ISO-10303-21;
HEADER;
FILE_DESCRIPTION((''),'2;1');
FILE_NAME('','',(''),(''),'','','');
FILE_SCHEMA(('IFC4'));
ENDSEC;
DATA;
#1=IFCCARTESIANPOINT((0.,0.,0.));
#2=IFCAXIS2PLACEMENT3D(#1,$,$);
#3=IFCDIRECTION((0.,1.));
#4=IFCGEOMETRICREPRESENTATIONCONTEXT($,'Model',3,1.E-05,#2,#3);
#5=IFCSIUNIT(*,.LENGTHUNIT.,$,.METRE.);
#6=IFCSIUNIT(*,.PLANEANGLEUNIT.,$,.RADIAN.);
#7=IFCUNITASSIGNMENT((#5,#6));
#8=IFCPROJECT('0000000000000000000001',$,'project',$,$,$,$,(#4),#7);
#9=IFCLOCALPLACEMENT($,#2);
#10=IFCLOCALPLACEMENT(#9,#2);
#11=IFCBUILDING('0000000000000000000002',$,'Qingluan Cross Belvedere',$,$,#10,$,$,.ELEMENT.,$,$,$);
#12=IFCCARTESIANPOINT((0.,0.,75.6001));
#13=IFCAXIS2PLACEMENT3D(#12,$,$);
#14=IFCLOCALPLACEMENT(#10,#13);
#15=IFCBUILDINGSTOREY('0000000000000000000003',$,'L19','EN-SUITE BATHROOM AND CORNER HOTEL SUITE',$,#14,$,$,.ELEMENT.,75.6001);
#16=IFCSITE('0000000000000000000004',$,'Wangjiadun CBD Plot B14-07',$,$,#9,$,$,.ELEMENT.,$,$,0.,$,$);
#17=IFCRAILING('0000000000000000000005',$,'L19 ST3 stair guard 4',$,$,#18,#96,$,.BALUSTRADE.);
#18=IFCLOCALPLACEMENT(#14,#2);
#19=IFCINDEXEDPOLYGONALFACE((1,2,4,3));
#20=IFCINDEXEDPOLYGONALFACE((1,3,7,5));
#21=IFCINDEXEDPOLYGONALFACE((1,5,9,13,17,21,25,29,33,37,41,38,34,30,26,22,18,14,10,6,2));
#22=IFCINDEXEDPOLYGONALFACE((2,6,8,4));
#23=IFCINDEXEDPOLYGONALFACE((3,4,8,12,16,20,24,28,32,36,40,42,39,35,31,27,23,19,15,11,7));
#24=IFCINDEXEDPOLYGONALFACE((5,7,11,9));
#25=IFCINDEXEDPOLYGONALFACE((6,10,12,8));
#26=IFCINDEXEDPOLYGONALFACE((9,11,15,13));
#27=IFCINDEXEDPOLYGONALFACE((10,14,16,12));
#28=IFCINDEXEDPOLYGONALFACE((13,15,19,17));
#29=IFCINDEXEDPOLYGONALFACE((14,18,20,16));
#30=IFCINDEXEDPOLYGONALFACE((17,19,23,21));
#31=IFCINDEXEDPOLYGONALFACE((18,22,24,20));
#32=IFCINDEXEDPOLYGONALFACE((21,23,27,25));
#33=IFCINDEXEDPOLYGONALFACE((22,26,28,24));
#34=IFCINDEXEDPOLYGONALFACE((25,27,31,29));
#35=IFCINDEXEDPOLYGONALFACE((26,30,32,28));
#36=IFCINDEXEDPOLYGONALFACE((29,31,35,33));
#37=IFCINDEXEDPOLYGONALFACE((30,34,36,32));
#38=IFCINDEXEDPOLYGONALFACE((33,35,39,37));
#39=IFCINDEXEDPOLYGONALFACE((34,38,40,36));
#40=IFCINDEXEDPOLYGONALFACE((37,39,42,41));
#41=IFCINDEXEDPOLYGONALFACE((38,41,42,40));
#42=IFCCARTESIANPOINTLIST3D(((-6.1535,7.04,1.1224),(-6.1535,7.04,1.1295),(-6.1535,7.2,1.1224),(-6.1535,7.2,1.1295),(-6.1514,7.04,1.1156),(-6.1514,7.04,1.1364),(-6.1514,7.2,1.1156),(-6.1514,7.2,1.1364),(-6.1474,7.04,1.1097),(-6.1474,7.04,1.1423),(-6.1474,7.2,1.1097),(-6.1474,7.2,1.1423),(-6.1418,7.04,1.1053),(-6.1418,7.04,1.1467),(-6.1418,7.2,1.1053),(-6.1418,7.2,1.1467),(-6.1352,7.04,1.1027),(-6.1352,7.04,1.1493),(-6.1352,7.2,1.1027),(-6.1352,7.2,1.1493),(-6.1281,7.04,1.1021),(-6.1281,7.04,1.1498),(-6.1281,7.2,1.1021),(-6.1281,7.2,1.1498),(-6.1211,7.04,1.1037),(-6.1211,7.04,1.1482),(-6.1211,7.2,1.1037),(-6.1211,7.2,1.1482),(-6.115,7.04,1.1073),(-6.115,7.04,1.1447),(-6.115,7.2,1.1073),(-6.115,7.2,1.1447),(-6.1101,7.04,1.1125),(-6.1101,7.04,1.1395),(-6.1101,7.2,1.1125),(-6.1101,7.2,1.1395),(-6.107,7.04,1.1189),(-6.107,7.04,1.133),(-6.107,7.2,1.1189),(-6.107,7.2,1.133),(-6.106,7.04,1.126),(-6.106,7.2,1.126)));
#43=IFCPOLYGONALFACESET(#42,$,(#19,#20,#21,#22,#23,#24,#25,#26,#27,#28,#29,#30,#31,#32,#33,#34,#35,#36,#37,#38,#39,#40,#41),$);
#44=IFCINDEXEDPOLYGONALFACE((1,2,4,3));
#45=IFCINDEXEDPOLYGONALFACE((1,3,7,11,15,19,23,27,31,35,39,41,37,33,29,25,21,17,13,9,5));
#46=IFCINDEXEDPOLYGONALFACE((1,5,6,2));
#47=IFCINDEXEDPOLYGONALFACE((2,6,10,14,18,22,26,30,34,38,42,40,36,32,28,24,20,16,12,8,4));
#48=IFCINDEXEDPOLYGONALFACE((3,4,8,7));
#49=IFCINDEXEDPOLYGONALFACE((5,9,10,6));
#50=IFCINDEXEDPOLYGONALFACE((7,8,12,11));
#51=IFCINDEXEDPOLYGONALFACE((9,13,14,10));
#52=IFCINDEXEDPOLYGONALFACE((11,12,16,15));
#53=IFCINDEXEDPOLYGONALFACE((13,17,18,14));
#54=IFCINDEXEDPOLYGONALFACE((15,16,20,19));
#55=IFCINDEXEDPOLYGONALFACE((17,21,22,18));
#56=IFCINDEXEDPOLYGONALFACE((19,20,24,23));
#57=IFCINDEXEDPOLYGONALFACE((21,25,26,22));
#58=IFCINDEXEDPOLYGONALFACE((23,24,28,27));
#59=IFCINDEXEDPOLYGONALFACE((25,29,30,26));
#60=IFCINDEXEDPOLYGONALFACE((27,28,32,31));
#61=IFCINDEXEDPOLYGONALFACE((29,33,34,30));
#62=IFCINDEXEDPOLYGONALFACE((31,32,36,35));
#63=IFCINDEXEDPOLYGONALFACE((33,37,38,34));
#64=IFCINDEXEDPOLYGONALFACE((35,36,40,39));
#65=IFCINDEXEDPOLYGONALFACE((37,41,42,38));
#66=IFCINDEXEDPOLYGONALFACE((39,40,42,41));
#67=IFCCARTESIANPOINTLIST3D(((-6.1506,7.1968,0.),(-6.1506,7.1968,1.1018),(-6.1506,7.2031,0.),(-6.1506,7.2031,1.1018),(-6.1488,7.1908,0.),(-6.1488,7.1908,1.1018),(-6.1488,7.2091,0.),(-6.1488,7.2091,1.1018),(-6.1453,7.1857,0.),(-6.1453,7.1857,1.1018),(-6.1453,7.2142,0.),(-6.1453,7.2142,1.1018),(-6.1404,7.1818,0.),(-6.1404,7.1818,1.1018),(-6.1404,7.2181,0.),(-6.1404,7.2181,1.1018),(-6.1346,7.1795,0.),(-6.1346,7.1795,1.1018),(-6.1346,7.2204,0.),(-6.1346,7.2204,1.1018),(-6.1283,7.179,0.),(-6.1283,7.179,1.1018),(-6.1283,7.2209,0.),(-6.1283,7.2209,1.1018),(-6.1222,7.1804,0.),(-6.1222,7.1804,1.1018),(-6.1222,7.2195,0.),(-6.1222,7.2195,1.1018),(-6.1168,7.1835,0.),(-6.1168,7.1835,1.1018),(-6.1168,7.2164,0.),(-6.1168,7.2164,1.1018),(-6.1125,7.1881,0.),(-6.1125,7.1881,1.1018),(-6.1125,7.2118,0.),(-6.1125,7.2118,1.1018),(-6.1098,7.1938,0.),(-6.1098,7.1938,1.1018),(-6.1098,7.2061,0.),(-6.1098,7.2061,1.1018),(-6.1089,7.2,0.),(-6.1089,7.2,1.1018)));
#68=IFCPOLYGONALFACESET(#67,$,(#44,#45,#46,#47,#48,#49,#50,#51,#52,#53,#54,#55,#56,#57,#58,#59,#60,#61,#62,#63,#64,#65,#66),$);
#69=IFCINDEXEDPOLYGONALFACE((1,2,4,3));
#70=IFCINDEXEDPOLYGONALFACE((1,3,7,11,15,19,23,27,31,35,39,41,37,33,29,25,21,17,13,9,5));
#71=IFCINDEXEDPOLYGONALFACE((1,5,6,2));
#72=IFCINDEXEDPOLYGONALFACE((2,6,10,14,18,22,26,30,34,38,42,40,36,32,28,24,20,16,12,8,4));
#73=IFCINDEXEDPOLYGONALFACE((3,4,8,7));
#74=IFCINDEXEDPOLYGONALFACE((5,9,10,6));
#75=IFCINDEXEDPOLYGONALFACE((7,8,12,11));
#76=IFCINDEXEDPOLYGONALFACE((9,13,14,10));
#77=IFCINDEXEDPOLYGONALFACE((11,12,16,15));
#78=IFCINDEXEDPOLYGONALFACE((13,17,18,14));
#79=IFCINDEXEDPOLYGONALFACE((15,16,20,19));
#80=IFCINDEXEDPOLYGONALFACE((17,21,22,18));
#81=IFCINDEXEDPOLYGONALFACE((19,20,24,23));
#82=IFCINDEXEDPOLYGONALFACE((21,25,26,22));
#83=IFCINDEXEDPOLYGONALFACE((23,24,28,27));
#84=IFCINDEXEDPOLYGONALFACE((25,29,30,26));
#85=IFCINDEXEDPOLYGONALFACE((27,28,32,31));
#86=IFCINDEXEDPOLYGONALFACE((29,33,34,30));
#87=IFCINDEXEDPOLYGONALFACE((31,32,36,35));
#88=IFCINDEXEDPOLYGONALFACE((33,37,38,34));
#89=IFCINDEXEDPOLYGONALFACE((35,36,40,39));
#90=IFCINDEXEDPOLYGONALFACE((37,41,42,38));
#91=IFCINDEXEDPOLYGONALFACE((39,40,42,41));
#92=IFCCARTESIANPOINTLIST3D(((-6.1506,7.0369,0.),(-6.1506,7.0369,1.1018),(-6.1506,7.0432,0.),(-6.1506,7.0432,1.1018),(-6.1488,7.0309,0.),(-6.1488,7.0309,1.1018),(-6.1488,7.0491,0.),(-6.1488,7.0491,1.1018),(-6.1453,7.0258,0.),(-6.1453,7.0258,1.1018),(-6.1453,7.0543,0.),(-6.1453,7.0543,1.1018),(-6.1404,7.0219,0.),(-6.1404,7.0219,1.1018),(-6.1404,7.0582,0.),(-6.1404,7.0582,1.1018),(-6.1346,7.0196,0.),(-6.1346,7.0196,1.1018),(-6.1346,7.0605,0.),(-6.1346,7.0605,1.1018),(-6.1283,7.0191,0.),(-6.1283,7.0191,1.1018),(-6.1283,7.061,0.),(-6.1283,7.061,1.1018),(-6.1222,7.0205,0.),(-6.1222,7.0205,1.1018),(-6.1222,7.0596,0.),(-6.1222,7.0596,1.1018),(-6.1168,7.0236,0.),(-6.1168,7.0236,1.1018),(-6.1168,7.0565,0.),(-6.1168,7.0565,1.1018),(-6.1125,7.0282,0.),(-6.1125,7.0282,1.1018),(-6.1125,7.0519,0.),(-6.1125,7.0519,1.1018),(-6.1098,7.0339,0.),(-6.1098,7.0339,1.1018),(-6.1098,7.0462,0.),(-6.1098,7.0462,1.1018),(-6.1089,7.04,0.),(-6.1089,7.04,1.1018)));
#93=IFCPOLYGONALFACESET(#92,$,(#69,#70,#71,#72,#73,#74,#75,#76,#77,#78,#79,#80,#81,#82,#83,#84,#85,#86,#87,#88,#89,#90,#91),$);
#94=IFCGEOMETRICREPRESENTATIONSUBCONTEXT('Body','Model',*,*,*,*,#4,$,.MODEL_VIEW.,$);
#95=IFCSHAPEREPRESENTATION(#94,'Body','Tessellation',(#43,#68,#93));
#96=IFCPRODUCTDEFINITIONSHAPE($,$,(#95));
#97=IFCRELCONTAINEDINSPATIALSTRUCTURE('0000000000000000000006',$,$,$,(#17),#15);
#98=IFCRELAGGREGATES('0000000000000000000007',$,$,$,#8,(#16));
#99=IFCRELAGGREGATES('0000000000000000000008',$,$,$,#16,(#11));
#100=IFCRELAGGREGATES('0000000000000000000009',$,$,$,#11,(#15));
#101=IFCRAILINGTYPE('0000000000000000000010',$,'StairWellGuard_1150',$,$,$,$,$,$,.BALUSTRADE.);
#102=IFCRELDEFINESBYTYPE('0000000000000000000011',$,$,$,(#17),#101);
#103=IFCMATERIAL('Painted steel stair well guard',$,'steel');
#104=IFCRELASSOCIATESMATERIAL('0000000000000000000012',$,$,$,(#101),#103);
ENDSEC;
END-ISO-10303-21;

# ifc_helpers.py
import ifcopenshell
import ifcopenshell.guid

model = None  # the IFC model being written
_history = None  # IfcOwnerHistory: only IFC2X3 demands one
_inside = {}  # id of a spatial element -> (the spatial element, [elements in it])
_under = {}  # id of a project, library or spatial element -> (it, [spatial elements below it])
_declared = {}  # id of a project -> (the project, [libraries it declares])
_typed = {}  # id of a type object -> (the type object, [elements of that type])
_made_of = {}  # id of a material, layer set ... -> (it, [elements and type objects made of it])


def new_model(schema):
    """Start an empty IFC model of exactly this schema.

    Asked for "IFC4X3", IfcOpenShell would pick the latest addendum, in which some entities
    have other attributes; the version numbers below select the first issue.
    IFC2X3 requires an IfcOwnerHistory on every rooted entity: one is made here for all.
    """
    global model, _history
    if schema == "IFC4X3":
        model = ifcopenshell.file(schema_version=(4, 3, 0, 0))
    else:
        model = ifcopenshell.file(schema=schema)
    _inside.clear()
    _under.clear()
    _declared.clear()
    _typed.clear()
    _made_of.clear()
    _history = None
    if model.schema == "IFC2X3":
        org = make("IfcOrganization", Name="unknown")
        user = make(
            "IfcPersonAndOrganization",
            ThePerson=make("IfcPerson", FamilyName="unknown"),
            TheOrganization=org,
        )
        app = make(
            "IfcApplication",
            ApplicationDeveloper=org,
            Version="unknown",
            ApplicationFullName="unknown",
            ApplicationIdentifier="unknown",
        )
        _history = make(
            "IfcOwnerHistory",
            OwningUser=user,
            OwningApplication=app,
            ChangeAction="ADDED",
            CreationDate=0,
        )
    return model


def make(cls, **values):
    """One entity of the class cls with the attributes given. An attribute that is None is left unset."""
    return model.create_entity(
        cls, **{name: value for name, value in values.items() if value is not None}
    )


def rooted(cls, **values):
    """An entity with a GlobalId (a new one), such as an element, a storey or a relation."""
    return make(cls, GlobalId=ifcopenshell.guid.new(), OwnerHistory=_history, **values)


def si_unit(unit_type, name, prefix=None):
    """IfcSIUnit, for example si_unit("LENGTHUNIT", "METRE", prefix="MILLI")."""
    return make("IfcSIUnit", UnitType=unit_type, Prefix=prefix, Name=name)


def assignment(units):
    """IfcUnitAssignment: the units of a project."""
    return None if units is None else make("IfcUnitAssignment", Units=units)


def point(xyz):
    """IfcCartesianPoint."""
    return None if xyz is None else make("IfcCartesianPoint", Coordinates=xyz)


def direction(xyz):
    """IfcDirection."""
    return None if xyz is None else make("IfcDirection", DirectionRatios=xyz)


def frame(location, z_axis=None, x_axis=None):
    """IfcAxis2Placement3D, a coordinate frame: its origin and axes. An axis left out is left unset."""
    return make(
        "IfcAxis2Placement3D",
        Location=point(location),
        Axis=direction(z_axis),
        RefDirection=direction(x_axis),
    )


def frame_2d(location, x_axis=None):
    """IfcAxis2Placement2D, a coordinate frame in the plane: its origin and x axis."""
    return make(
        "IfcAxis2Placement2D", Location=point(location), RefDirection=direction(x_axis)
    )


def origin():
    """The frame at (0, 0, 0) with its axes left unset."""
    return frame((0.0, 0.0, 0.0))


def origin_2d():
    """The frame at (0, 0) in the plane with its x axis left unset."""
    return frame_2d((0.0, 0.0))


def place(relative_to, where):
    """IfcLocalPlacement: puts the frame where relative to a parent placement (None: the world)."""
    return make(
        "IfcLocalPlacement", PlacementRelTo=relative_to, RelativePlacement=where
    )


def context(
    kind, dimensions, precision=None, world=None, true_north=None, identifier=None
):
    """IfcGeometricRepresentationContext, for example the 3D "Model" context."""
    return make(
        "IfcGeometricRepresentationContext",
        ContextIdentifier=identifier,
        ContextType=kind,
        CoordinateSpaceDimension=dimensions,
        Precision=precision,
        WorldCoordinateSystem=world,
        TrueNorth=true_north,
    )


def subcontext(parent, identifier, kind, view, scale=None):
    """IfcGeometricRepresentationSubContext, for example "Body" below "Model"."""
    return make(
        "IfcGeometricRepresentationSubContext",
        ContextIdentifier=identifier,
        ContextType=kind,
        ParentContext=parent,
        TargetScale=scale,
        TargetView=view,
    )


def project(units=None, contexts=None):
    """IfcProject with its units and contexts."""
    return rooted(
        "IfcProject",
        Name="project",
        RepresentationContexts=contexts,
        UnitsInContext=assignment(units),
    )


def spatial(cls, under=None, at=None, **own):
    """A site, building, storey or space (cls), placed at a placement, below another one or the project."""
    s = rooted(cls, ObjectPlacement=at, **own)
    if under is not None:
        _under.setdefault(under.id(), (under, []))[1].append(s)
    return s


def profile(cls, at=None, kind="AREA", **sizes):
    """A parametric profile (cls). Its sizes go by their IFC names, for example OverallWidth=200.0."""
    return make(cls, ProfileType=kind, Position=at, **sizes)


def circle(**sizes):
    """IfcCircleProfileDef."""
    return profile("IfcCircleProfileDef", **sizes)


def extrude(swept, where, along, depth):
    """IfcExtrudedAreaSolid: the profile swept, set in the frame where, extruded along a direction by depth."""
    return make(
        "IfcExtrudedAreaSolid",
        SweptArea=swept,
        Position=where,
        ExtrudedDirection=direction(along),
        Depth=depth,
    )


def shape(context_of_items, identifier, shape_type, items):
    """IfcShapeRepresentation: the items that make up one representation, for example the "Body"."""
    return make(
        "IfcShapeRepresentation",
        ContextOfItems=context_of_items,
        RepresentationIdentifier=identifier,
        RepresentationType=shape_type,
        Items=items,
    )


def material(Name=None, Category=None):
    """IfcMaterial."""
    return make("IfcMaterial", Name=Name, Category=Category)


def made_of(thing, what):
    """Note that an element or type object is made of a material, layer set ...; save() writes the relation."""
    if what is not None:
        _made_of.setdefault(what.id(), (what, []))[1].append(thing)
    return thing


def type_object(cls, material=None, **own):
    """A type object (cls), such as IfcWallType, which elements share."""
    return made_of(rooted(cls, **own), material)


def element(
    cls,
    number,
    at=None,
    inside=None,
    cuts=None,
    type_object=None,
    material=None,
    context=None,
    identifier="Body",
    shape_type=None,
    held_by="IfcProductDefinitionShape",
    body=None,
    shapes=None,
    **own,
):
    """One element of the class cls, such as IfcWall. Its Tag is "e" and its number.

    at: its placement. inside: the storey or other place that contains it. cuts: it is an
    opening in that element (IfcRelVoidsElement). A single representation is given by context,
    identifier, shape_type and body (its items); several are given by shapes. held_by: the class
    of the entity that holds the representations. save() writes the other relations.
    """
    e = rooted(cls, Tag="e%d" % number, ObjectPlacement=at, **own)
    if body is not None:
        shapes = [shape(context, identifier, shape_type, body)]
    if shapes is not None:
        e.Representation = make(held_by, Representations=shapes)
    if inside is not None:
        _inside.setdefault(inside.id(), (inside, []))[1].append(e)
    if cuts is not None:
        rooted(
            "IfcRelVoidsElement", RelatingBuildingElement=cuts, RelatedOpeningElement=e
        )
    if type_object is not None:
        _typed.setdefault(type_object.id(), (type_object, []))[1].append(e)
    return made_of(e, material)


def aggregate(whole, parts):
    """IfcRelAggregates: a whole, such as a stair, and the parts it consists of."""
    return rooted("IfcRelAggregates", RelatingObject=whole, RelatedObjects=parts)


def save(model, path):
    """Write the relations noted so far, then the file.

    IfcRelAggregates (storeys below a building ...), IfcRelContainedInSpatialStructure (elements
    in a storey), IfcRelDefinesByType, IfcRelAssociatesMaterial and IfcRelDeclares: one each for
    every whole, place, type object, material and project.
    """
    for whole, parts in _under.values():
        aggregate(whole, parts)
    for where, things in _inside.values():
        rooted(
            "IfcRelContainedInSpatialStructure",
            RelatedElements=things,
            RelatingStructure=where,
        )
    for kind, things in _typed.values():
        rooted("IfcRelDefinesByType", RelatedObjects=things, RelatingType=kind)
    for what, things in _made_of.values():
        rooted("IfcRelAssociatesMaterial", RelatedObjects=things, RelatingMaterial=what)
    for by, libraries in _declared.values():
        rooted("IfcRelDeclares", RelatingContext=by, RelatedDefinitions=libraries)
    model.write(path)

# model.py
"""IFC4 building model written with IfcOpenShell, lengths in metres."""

from ifc_helpers import new_model, si_unit, direction, frame, origin, origin_2d, place, context, subcontext, project, spatial, circle, extrude, material, type_object, element, save


model = new_model("IFC4")

# Units and contexts
model_context = context("Model", 3, precision=1e-05, world=origin(), true_north=direction((0.0, 1.0)))
body_context = subcontext(model_context, "Body", "Model", "MODEL_VIEW")
ifc_project = project(units=[si_unit("LENGTHUNIT", "METRE"), si_unit("PLANEANGLEUNIT", "RADIAN")], contexts=[model_context])

# Site, building, storey
site_placement = place(None, origin())
site = spatial("IfcSite", under=ifc_project, at=site_placement, Name="Wangjiadun CBD Plot B14-07", CompositionType="ELEMENT", RefElevation=0.0)
building_placement = place(site_placement, origin())
building = spatial("IfcBuilding", under=site, at=building_placement, Name="Qingluan Cross Belvedere", CompositionType="ELEMENT")
storey_placement = place(building_placement, frame((0.0, 0.0, 75.6001)))
storey = spatial("IfcBuildingStorey", under=building, at=storey_placement, Name="L19", Description="EN-SUITE BATHROOM AND CORNER HOTEL SUITE", CompositionType="ELEMENT", Elevation=75.6001)

# Railing
ifc_material_1 = material(Name="Painted steel stair well guard", Category="steel")
railing_type_1 = type_object("IfcRailingType", Name="StairWellGuard_1150", PredefinedType="BALUSTRADE", material=ifc_material_1)
railing_1_placement = place(storey_placement, frame((-6.1299, 7.2, 0.0)))
element("IfcRailing", 1, at=railing_1_placement, inside=storey, type_object=railing_type_1, Name="L19 ST3 stair guard 4", PredefinedType="BALUSTRADE", context=body_context, shape_type="SweptSolid", body=[
    extrude(circle(Radius=0.0239, at=origin_2d()), frame((0.0, 0.0, 1.126), z_axis=(0.0, -1.0, 0.0), x_axis=(1.0, 0.0, 0.0)), (0.0, 0.0, 1.0), 0.1599),
    extrude(circle(Radius=0.021, at=origin_2d()), origin(), (0.0, 0.0, 1.0), 1.1018),
    extrude(circle(Radius=0.021, at=origin_2d()), frame((0.0, -0.1599, 0.0)), (0.0, 0.0, 1.0), 1.1018),
])

save(model, "model.ifc")
